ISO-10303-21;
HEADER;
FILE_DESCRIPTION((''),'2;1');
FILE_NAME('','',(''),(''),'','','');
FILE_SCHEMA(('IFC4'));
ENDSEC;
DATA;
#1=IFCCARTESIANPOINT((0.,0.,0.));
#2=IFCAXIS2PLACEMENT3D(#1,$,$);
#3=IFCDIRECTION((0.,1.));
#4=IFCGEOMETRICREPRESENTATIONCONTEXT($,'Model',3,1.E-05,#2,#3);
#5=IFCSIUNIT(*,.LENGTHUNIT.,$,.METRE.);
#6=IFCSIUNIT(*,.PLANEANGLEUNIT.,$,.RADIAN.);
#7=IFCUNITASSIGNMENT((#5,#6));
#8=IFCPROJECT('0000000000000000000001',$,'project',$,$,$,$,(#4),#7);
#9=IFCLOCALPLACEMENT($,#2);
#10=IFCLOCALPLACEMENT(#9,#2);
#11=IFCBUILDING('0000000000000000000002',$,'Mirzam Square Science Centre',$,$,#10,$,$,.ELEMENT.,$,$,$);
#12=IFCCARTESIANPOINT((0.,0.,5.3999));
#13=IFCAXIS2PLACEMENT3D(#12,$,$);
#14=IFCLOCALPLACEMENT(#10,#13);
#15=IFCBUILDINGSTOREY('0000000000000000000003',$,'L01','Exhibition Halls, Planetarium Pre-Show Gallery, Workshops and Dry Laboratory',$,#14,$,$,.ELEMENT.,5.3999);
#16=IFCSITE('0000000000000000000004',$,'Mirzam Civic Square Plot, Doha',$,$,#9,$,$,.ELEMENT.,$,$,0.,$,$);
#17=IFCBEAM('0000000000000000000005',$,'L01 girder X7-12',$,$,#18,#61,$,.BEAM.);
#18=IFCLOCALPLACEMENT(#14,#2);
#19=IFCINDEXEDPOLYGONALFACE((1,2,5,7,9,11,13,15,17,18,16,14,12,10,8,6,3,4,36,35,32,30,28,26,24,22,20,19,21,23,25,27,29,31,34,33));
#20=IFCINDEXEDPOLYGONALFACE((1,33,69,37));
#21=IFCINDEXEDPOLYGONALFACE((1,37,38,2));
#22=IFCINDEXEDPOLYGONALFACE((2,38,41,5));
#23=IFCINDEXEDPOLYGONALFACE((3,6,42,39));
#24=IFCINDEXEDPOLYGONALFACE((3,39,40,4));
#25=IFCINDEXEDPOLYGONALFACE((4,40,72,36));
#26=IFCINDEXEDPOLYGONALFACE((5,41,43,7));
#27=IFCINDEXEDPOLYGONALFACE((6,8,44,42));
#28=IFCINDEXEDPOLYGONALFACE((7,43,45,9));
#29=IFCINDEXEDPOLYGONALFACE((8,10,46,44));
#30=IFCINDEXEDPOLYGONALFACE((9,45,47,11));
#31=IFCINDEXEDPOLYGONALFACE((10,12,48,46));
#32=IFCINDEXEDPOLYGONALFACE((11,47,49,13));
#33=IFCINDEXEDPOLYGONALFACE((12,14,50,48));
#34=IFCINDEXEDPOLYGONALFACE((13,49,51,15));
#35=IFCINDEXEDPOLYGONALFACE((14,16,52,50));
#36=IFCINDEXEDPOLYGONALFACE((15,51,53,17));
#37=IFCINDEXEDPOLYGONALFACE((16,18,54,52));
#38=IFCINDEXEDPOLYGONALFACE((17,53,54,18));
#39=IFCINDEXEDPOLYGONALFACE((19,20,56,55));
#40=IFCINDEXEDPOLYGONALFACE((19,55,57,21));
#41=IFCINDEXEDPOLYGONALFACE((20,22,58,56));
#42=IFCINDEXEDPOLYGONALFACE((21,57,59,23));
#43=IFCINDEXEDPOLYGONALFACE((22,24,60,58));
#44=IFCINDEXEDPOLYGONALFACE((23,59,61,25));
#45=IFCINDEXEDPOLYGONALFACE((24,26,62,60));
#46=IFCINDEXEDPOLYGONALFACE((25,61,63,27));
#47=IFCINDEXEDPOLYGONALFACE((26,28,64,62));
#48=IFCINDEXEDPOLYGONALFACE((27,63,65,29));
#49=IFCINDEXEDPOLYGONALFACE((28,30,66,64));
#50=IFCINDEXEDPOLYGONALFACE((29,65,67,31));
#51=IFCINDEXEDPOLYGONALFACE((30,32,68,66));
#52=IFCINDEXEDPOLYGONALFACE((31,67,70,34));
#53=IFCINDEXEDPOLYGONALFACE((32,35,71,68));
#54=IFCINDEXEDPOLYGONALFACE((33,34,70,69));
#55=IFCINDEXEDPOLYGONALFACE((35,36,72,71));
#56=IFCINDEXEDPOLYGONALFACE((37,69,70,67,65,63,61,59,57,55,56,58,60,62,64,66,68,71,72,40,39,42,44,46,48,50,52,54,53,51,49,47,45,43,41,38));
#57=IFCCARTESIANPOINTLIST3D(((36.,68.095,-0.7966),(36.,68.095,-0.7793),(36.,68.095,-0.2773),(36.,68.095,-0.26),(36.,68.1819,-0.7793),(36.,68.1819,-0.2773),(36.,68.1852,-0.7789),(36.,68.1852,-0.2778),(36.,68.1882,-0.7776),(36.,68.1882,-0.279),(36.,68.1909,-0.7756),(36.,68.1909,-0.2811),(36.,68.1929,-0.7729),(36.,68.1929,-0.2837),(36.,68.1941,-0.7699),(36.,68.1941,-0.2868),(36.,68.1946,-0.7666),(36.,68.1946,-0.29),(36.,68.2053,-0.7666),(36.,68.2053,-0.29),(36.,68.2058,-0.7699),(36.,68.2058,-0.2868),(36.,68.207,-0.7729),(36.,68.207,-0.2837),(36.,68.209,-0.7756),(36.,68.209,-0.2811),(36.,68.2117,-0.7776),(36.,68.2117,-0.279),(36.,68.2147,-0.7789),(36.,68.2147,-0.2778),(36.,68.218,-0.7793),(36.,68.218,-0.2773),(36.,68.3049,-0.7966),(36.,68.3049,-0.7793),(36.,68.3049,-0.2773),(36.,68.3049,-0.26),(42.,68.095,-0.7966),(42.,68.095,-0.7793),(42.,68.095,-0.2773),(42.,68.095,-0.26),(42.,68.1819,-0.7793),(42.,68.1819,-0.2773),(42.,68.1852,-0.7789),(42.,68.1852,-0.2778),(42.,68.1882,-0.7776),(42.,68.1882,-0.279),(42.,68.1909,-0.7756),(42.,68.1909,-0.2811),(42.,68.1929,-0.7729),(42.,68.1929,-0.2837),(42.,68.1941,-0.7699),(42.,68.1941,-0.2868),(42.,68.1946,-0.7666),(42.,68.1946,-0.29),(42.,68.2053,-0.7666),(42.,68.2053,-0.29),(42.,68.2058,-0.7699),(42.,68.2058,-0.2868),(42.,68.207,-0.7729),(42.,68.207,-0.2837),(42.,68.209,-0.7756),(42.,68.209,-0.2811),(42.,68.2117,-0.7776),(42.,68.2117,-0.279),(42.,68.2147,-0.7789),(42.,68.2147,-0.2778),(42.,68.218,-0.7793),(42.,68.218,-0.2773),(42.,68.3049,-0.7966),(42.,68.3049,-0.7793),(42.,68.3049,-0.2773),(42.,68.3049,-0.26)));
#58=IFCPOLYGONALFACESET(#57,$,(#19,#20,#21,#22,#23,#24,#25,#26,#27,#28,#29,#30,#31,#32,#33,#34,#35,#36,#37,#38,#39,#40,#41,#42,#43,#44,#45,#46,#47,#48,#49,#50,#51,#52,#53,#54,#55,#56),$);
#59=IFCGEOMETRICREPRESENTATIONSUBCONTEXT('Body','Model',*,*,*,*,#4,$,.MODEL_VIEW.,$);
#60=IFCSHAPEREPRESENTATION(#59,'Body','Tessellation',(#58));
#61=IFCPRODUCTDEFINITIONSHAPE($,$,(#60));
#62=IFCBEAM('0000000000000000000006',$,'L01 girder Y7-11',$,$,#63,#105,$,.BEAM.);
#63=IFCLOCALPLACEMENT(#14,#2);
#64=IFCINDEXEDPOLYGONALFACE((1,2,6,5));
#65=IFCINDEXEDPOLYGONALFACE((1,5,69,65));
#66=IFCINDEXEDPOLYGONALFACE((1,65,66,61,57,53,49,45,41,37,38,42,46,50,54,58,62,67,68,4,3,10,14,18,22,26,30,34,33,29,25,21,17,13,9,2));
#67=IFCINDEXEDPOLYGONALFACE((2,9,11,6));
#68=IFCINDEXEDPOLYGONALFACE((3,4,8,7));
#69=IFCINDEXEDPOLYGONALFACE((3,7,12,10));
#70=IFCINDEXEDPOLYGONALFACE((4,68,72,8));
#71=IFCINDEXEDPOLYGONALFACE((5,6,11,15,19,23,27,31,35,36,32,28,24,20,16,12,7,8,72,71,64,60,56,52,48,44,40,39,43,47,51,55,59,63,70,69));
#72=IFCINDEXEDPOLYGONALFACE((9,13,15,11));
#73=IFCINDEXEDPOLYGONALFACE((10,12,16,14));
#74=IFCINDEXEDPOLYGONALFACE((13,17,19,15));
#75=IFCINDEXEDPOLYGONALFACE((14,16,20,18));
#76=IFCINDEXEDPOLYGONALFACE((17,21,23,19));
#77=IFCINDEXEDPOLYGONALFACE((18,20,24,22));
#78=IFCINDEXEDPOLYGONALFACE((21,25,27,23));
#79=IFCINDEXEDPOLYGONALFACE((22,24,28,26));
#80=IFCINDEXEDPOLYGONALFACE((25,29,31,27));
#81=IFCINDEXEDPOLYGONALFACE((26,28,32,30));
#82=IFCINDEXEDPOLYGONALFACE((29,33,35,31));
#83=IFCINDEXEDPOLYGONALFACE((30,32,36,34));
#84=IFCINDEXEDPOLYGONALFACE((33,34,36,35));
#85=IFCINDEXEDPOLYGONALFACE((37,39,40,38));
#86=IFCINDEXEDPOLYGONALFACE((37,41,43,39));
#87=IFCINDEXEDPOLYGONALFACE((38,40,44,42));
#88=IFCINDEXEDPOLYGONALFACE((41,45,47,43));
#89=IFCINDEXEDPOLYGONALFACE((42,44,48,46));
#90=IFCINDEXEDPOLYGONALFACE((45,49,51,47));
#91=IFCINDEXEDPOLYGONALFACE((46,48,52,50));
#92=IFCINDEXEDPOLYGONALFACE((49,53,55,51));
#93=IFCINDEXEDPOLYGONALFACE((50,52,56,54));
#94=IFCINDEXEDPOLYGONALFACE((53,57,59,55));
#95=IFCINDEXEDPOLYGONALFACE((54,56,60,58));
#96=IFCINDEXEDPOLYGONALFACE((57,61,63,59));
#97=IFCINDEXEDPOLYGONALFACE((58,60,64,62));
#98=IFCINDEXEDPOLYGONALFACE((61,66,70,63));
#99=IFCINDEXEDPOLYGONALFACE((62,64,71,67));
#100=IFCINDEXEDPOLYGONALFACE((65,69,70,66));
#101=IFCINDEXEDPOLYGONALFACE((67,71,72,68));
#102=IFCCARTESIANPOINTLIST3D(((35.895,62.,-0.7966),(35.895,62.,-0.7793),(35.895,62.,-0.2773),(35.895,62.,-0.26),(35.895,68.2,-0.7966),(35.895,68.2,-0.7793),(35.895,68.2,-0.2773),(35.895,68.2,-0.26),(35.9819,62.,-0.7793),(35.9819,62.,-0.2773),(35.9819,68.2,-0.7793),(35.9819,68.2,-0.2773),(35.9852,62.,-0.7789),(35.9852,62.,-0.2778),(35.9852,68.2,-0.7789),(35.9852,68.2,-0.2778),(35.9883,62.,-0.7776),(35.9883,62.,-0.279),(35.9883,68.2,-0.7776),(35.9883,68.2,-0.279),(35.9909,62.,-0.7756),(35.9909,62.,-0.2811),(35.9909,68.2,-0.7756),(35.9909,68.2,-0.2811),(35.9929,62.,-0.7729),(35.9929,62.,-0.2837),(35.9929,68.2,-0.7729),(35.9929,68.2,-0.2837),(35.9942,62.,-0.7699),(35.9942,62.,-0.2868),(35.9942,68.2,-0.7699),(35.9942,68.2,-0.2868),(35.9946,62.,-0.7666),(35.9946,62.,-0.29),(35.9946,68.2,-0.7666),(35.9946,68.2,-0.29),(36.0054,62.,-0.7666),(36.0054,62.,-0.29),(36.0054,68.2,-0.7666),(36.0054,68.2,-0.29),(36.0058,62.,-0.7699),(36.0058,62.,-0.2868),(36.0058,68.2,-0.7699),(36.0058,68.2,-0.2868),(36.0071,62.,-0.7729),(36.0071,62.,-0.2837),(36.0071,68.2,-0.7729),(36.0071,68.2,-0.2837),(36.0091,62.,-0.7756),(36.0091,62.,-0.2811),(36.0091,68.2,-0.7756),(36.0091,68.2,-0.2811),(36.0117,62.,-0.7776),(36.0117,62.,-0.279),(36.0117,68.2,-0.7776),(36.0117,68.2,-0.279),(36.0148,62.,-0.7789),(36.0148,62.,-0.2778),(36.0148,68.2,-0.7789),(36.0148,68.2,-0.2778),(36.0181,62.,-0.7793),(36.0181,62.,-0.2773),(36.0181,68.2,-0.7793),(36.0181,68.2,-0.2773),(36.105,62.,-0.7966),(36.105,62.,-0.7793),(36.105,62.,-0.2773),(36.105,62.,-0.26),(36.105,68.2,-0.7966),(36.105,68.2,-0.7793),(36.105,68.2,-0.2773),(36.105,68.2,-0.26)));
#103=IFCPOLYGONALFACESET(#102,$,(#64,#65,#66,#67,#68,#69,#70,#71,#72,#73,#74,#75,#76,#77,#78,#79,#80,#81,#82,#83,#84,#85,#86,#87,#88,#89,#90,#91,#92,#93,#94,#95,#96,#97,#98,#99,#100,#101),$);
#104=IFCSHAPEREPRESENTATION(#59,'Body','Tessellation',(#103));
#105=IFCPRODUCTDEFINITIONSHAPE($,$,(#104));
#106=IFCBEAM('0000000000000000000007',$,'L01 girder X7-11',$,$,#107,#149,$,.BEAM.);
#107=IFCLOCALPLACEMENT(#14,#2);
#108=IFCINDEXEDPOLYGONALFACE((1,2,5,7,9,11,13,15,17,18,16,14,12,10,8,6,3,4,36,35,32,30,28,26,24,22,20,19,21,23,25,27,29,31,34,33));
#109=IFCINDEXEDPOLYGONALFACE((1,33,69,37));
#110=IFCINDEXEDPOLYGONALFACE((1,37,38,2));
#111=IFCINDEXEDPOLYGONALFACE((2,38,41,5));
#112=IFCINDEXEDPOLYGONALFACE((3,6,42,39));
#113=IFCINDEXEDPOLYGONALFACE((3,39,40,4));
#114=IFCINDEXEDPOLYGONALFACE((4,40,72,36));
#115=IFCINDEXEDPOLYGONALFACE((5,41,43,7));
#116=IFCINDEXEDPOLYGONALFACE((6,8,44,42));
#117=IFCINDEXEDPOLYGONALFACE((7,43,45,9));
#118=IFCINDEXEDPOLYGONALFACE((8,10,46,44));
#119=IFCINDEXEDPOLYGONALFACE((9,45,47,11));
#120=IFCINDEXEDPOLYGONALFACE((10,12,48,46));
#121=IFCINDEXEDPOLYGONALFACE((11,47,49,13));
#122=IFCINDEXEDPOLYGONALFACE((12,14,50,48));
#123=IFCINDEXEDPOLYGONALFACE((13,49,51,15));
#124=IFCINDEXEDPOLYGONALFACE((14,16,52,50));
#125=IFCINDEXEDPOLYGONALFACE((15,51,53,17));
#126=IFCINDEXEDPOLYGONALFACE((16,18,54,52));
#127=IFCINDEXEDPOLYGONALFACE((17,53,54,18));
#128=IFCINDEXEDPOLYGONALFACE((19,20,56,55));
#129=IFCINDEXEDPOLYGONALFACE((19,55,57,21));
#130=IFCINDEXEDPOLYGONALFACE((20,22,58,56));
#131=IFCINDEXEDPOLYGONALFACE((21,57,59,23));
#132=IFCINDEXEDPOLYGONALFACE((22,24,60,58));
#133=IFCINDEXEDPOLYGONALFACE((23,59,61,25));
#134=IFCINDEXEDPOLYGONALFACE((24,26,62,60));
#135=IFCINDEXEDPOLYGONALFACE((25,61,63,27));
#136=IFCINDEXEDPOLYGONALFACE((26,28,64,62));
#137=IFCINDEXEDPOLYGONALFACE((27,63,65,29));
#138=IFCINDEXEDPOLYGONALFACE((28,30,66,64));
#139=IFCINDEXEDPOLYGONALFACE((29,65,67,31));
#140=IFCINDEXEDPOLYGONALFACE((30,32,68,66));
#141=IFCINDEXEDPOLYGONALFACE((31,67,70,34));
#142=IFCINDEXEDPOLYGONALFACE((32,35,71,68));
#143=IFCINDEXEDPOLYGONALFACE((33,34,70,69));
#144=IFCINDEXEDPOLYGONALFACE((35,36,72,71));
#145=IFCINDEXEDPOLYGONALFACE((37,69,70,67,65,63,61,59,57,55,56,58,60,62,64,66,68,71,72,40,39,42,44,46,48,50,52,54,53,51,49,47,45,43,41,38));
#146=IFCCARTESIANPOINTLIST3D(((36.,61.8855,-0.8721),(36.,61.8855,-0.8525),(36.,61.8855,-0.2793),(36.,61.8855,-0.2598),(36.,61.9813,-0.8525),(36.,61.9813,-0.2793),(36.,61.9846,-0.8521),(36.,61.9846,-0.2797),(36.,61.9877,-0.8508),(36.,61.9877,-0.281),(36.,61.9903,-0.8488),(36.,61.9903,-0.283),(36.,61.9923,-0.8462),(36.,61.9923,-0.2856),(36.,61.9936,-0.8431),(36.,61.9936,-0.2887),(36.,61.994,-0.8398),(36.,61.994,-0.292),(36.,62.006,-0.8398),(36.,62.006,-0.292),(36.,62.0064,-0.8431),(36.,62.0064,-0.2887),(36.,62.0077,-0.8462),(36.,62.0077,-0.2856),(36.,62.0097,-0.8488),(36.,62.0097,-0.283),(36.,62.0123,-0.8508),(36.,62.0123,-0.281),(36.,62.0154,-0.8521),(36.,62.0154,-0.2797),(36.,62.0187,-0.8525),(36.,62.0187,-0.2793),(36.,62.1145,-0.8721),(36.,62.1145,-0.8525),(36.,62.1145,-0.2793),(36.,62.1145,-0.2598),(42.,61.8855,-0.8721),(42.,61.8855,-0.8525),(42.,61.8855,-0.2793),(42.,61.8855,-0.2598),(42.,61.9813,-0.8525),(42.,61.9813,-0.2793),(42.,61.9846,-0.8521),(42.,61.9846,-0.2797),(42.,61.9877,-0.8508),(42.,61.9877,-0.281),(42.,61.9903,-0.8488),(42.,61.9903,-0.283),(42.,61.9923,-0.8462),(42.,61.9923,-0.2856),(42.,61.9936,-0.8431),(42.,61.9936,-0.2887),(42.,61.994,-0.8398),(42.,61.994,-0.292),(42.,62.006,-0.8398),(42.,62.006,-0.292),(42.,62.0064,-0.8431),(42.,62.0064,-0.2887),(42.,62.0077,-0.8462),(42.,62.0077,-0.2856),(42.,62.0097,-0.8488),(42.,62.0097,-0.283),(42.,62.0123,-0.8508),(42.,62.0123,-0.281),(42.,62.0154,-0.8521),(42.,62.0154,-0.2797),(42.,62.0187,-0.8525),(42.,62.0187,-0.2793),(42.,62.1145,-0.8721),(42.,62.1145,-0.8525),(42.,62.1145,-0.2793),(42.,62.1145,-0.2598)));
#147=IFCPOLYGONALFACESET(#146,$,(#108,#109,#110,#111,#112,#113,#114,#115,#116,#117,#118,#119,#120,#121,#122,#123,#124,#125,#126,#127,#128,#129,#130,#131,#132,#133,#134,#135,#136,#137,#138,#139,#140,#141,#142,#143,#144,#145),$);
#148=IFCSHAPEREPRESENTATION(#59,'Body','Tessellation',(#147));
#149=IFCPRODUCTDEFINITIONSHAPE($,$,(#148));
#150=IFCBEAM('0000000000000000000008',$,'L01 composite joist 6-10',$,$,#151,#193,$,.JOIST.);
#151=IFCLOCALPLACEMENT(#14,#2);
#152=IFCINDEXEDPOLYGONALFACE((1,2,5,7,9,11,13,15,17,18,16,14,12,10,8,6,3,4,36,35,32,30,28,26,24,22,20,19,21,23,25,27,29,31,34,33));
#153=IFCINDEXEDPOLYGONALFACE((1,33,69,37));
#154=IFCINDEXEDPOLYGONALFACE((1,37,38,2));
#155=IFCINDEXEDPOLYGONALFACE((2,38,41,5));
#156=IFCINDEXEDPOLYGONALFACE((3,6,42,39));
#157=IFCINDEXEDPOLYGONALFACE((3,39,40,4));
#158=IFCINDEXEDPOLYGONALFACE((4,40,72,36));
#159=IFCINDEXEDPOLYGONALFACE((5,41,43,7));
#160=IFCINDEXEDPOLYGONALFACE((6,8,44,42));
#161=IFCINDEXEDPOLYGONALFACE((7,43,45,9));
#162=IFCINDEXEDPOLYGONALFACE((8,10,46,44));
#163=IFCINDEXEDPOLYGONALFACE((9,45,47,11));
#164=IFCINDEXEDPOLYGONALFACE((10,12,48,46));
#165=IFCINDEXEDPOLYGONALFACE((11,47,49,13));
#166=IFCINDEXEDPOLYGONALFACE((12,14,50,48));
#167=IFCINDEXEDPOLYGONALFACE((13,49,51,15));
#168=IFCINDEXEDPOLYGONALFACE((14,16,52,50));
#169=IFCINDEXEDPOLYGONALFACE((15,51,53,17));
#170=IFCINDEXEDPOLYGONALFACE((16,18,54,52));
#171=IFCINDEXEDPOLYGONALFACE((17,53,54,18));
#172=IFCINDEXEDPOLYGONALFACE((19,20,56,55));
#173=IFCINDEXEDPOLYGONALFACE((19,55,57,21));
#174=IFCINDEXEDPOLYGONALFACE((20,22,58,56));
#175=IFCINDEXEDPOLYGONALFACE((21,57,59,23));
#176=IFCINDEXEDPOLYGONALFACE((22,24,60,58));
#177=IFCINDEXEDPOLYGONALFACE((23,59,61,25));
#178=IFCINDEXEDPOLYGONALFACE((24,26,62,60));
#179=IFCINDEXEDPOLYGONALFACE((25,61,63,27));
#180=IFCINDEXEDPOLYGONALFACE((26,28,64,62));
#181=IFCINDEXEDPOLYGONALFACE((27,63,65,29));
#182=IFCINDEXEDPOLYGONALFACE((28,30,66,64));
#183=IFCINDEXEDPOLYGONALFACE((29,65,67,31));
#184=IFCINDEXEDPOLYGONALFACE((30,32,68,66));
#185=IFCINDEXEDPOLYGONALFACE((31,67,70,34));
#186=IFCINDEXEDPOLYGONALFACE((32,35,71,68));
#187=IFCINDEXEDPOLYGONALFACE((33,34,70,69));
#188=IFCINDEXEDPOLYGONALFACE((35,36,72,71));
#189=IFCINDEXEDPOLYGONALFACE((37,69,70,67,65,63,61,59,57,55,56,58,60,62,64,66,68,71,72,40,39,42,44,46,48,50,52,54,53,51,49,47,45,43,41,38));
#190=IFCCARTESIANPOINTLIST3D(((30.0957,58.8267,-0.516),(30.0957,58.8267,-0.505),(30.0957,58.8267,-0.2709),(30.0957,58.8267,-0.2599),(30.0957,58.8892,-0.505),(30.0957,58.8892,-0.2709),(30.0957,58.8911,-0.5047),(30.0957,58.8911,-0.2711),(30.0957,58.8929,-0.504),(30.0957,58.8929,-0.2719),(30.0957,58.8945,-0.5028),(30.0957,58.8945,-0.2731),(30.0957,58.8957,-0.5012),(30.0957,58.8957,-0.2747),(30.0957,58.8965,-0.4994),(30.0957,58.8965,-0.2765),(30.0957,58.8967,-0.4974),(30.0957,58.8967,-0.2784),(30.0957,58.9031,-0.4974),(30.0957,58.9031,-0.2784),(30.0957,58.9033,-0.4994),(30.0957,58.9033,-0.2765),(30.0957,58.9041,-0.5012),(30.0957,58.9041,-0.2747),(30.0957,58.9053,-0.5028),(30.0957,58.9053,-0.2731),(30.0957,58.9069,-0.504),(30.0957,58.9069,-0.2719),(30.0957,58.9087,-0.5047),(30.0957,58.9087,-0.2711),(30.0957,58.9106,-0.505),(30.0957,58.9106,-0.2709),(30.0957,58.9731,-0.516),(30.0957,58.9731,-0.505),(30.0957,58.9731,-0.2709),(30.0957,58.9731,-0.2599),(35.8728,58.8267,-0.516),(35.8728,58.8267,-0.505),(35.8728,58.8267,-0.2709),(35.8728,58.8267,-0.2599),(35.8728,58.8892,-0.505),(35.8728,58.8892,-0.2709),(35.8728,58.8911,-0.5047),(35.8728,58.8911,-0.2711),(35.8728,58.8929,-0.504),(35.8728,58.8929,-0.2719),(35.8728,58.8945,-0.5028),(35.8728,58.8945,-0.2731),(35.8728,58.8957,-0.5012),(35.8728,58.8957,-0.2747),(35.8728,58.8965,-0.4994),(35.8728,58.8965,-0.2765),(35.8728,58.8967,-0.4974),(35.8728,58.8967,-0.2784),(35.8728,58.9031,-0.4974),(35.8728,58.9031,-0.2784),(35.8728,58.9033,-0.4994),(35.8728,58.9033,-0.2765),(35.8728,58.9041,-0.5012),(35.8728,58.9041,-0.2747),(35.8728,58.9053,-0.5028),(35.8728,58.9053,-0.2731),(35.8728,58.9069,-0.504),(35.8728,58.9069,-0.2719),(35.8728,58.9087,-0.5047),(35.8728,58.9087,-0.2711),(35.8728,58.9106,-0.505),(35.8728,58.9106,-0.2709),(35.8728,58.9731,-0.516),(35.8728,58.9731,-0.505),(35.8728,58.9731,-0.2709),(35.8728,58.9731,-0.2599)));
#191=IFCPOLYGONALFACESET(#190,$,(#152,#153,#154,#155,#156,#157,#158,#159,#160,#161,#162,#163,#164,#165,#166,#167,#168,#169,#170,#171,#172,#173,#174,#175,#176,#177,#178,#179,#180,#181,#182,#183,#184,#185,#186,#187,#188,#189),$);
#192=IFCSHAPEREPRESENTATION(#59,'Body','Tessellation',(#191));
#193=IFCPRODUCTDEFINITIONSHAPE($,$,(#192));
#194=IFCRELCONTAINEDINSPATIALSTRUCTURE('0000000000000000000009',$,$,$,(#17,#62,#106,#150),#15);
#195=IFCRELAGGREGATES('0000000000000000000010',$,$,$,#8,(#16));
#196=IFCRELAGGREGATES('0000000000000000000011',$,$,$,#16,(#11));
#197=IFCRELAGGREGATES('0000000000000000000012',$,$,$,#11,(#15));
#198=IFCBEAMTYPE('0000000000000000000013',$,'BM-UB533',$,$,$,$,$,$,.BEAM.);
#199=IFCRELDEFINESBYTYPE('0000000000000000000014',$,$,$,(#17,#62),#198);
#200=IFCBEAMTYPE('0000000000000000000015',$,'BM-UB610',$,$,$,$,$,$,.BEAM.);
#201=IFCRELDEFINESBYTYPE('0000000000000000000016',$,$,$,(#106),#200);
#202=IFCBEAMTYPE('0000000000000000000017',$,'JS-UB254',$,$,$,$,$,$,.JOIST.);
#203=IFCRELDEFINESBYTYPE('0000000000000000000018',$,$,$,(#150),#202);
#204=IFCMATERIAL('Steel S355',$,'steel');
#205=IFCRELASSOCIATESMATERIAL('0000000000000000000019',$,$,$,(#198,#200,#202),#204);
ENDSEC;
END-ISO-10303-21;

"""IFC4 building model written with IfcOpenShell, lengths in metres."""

from ifc_helpers import new_model, si_unit, direction, frame, origin, origin_2d, place, context, subcontext, project, spatial, i_section, extrude, material, material_profile, profile_set, type_object, element, save


model = new_model("IFC4")

# Units and contexts
model_context = context("Model", 3, precision=1e-05, world=origin(), true_north=direction((0.0, 1.0)))
body_context = subcontext(model_context, "Body", "Model", "MODEL_VIEW")
ifc_project = project(units=[si_unit("LENGTHUNIT", "METRE"), si_unit("PLANEANGLEUNIT", "RADIAN")], contexts=[model_context])

# Site, building, storey
site_placement = place(None, origin())
site = spatial("IfcSite", under=ifc_project, at=site_placement, Name="Mirzam Civic Square Plot, Doha", CompositionType="ELEMENT", RefElevation=0.0)
building_placement = place(site_placement, origin())
building = spatial("IfcBuilding", under=site, at=building_placement, Name="Mirzam Square Science Centre", CompositionType="ELEMENT")
storey_placement = place(building_placement, frame((0.0, 0.0, 5.3999)))
storey = spatial("IfcBuildingStorey", under=building, at=storey_placement, Name="L01", Description="Exhibition Halls, Planetarium Pre-Show Gallery, Workshops and Dry Laboratory", CompositionType="ELEMENT", Elevation=5.3999)

# Shared definitions
ifc_material_1 = material(Name="Steel S355", Category="steel")

# Beams
ifc_material_profile_1 = material_profile(ifc_material_1, i_section(OverallWidth=0.21, OverallDepth=0.5366, WebThickness=0.0107, FlangeThickness=0.0173, FilletRadius=0.0127, at=origin_2d()), Name="533x210x101UB")
ifc_profile_set_1 = profile_set([ifc_material_profile_1], Name="Steel S355")
beam_type_1 = type_object("IfcBeamType", Name="BM-UB533", PredefinedType="BEAM", material=ifc_profile_set_1)
for number, where, z_axis, x_axis, name in (
    (1, (36.0, 68.2, -0.5283), (1.0, 0.0, 0.0), (0.0, 1.0, 0.0), "L01 girder X7-12"),
):
    element("IfcBeam", number, at=place(storey_placement, frame(where, z_axis=z_axis, x_axis=x_axis)), inside=storey, type_object=beam_type_1, Name=name, PredefinedType="BEAM", context=body_context, shape_type="SweptSolid", body=[
        extrude(i_section(OverallWidth=0.21, OverallDepth=0.5366, WebThickness=0.0107, FlangeThickness=0.0173, FilletRadius=0.0127, at=origin_2d()), origin(), (0.0, 0.0, 1.0), 6.0),
    ])
beam_1_placement = place(storey_placement, frame((36.0, 62.0, -0.5283), z_axis=(0.0, 1.0, 0.0), x_axis=(-1.0, 0.0, 0.0)))
element("IfcBeam", 2, at=beam_1_placement, inside=storey, type_object=beam_type_1, Name="L01 girder Y7-11", PredefinedType="BEAM", context=body_context, shape_type="SweptSolid", body=[
    extrude(i_section(OverallWidth=0.21, OverallDepth=0.5366, WebThickness=0.0107, FlangeThickness=0.0173, FilletRadius=0.0127, at=origin_2d()), origin(), (0.0, 0.0, 1.0), 6.2),
])
ifc_material_profile_2 = material_profile(ifc_material_1, i_section(OverallWidth=0.229, OverallDepth=0.6123, WebThickness=0.012, FlangeThickness=0.0195, FilletRadius=0.0127, at=origin_2d()), Name="610x229x125UB")
ifc_profile_set_2 = profile_set([ifc_material_profile_2], Name="Steel S355")
beam_type_2 = type_object("IfcBeamType", Name="BM-UB610", PredefinedType="BEAM", material=ifc_profile_set_2)
beam_2_placement = place(storey_placement, frame((36.0, 62.0, -0.5659), z_axis=(1.0, 0.0, 0.0), x_axis=(0.0, 1.0, 0.0)))
element("IfcBeam", 3, at=beam_2_placement, inside=storey, type_object=beam_type_2, Name="L01 girder X7-11", PredefinedType="BEAM", context=body_context, shape_type="SweptSolid", body=[
    extrude(i_section(OverallWidth=0.229, OverallDepth=0.6123, WebThickness=0.012, FlangeThickness=0.0195, FilletRadius=0.0127, at=origin_2d()), origin(), (0.0, 0.0, 1.0), 6.0),
])
ifc_material_profile_3 = material_profile(ifc_material_1, i_section(OverallWidth=0.1465, OverallDepth=0.2561, WebThickness=0.0063, FlangeThickness=0.011, FilletRadius=0.0076, at=origin_2d()), Name="254x146x37UB")
ifc_profile_set_3 = profile_set([ifc_material_profile_3], Name="Steel S355")
beam_type_3 = type_object("IfcBeamType", Name="JS-UB254", PredefinedType="JOIST", material=ifc_profile_set_3)
for number, where, z_axis, x_axis, name in (
    (4, (30.0957, 58.8999, -0.3879), (1.0, 0.0, 0.0), (0.0, 1.0, 0.0), "L01 composite joist 6-10"),
):
    element("IfcBeam", number, at=place(storey_placement, frame(where, z_axis=z_axis, x_axis=x_axis)), inside=storey, type_object=beam_type_3, Name=name, PredefinedType="JOIST", context=body_context, shape_type="SweptSolid", body=[
        extrude(i_section(OverallWidth=0.1465, OverallDepth=0.2561, WebThickness=0.0063, FlangeThickness=0.011, FilletRadius=0.0076, at=origin_2d()), origin(), (0.0, 0.0, 1.0), 5.7771),
    ])

save(model, "model.ifc")
